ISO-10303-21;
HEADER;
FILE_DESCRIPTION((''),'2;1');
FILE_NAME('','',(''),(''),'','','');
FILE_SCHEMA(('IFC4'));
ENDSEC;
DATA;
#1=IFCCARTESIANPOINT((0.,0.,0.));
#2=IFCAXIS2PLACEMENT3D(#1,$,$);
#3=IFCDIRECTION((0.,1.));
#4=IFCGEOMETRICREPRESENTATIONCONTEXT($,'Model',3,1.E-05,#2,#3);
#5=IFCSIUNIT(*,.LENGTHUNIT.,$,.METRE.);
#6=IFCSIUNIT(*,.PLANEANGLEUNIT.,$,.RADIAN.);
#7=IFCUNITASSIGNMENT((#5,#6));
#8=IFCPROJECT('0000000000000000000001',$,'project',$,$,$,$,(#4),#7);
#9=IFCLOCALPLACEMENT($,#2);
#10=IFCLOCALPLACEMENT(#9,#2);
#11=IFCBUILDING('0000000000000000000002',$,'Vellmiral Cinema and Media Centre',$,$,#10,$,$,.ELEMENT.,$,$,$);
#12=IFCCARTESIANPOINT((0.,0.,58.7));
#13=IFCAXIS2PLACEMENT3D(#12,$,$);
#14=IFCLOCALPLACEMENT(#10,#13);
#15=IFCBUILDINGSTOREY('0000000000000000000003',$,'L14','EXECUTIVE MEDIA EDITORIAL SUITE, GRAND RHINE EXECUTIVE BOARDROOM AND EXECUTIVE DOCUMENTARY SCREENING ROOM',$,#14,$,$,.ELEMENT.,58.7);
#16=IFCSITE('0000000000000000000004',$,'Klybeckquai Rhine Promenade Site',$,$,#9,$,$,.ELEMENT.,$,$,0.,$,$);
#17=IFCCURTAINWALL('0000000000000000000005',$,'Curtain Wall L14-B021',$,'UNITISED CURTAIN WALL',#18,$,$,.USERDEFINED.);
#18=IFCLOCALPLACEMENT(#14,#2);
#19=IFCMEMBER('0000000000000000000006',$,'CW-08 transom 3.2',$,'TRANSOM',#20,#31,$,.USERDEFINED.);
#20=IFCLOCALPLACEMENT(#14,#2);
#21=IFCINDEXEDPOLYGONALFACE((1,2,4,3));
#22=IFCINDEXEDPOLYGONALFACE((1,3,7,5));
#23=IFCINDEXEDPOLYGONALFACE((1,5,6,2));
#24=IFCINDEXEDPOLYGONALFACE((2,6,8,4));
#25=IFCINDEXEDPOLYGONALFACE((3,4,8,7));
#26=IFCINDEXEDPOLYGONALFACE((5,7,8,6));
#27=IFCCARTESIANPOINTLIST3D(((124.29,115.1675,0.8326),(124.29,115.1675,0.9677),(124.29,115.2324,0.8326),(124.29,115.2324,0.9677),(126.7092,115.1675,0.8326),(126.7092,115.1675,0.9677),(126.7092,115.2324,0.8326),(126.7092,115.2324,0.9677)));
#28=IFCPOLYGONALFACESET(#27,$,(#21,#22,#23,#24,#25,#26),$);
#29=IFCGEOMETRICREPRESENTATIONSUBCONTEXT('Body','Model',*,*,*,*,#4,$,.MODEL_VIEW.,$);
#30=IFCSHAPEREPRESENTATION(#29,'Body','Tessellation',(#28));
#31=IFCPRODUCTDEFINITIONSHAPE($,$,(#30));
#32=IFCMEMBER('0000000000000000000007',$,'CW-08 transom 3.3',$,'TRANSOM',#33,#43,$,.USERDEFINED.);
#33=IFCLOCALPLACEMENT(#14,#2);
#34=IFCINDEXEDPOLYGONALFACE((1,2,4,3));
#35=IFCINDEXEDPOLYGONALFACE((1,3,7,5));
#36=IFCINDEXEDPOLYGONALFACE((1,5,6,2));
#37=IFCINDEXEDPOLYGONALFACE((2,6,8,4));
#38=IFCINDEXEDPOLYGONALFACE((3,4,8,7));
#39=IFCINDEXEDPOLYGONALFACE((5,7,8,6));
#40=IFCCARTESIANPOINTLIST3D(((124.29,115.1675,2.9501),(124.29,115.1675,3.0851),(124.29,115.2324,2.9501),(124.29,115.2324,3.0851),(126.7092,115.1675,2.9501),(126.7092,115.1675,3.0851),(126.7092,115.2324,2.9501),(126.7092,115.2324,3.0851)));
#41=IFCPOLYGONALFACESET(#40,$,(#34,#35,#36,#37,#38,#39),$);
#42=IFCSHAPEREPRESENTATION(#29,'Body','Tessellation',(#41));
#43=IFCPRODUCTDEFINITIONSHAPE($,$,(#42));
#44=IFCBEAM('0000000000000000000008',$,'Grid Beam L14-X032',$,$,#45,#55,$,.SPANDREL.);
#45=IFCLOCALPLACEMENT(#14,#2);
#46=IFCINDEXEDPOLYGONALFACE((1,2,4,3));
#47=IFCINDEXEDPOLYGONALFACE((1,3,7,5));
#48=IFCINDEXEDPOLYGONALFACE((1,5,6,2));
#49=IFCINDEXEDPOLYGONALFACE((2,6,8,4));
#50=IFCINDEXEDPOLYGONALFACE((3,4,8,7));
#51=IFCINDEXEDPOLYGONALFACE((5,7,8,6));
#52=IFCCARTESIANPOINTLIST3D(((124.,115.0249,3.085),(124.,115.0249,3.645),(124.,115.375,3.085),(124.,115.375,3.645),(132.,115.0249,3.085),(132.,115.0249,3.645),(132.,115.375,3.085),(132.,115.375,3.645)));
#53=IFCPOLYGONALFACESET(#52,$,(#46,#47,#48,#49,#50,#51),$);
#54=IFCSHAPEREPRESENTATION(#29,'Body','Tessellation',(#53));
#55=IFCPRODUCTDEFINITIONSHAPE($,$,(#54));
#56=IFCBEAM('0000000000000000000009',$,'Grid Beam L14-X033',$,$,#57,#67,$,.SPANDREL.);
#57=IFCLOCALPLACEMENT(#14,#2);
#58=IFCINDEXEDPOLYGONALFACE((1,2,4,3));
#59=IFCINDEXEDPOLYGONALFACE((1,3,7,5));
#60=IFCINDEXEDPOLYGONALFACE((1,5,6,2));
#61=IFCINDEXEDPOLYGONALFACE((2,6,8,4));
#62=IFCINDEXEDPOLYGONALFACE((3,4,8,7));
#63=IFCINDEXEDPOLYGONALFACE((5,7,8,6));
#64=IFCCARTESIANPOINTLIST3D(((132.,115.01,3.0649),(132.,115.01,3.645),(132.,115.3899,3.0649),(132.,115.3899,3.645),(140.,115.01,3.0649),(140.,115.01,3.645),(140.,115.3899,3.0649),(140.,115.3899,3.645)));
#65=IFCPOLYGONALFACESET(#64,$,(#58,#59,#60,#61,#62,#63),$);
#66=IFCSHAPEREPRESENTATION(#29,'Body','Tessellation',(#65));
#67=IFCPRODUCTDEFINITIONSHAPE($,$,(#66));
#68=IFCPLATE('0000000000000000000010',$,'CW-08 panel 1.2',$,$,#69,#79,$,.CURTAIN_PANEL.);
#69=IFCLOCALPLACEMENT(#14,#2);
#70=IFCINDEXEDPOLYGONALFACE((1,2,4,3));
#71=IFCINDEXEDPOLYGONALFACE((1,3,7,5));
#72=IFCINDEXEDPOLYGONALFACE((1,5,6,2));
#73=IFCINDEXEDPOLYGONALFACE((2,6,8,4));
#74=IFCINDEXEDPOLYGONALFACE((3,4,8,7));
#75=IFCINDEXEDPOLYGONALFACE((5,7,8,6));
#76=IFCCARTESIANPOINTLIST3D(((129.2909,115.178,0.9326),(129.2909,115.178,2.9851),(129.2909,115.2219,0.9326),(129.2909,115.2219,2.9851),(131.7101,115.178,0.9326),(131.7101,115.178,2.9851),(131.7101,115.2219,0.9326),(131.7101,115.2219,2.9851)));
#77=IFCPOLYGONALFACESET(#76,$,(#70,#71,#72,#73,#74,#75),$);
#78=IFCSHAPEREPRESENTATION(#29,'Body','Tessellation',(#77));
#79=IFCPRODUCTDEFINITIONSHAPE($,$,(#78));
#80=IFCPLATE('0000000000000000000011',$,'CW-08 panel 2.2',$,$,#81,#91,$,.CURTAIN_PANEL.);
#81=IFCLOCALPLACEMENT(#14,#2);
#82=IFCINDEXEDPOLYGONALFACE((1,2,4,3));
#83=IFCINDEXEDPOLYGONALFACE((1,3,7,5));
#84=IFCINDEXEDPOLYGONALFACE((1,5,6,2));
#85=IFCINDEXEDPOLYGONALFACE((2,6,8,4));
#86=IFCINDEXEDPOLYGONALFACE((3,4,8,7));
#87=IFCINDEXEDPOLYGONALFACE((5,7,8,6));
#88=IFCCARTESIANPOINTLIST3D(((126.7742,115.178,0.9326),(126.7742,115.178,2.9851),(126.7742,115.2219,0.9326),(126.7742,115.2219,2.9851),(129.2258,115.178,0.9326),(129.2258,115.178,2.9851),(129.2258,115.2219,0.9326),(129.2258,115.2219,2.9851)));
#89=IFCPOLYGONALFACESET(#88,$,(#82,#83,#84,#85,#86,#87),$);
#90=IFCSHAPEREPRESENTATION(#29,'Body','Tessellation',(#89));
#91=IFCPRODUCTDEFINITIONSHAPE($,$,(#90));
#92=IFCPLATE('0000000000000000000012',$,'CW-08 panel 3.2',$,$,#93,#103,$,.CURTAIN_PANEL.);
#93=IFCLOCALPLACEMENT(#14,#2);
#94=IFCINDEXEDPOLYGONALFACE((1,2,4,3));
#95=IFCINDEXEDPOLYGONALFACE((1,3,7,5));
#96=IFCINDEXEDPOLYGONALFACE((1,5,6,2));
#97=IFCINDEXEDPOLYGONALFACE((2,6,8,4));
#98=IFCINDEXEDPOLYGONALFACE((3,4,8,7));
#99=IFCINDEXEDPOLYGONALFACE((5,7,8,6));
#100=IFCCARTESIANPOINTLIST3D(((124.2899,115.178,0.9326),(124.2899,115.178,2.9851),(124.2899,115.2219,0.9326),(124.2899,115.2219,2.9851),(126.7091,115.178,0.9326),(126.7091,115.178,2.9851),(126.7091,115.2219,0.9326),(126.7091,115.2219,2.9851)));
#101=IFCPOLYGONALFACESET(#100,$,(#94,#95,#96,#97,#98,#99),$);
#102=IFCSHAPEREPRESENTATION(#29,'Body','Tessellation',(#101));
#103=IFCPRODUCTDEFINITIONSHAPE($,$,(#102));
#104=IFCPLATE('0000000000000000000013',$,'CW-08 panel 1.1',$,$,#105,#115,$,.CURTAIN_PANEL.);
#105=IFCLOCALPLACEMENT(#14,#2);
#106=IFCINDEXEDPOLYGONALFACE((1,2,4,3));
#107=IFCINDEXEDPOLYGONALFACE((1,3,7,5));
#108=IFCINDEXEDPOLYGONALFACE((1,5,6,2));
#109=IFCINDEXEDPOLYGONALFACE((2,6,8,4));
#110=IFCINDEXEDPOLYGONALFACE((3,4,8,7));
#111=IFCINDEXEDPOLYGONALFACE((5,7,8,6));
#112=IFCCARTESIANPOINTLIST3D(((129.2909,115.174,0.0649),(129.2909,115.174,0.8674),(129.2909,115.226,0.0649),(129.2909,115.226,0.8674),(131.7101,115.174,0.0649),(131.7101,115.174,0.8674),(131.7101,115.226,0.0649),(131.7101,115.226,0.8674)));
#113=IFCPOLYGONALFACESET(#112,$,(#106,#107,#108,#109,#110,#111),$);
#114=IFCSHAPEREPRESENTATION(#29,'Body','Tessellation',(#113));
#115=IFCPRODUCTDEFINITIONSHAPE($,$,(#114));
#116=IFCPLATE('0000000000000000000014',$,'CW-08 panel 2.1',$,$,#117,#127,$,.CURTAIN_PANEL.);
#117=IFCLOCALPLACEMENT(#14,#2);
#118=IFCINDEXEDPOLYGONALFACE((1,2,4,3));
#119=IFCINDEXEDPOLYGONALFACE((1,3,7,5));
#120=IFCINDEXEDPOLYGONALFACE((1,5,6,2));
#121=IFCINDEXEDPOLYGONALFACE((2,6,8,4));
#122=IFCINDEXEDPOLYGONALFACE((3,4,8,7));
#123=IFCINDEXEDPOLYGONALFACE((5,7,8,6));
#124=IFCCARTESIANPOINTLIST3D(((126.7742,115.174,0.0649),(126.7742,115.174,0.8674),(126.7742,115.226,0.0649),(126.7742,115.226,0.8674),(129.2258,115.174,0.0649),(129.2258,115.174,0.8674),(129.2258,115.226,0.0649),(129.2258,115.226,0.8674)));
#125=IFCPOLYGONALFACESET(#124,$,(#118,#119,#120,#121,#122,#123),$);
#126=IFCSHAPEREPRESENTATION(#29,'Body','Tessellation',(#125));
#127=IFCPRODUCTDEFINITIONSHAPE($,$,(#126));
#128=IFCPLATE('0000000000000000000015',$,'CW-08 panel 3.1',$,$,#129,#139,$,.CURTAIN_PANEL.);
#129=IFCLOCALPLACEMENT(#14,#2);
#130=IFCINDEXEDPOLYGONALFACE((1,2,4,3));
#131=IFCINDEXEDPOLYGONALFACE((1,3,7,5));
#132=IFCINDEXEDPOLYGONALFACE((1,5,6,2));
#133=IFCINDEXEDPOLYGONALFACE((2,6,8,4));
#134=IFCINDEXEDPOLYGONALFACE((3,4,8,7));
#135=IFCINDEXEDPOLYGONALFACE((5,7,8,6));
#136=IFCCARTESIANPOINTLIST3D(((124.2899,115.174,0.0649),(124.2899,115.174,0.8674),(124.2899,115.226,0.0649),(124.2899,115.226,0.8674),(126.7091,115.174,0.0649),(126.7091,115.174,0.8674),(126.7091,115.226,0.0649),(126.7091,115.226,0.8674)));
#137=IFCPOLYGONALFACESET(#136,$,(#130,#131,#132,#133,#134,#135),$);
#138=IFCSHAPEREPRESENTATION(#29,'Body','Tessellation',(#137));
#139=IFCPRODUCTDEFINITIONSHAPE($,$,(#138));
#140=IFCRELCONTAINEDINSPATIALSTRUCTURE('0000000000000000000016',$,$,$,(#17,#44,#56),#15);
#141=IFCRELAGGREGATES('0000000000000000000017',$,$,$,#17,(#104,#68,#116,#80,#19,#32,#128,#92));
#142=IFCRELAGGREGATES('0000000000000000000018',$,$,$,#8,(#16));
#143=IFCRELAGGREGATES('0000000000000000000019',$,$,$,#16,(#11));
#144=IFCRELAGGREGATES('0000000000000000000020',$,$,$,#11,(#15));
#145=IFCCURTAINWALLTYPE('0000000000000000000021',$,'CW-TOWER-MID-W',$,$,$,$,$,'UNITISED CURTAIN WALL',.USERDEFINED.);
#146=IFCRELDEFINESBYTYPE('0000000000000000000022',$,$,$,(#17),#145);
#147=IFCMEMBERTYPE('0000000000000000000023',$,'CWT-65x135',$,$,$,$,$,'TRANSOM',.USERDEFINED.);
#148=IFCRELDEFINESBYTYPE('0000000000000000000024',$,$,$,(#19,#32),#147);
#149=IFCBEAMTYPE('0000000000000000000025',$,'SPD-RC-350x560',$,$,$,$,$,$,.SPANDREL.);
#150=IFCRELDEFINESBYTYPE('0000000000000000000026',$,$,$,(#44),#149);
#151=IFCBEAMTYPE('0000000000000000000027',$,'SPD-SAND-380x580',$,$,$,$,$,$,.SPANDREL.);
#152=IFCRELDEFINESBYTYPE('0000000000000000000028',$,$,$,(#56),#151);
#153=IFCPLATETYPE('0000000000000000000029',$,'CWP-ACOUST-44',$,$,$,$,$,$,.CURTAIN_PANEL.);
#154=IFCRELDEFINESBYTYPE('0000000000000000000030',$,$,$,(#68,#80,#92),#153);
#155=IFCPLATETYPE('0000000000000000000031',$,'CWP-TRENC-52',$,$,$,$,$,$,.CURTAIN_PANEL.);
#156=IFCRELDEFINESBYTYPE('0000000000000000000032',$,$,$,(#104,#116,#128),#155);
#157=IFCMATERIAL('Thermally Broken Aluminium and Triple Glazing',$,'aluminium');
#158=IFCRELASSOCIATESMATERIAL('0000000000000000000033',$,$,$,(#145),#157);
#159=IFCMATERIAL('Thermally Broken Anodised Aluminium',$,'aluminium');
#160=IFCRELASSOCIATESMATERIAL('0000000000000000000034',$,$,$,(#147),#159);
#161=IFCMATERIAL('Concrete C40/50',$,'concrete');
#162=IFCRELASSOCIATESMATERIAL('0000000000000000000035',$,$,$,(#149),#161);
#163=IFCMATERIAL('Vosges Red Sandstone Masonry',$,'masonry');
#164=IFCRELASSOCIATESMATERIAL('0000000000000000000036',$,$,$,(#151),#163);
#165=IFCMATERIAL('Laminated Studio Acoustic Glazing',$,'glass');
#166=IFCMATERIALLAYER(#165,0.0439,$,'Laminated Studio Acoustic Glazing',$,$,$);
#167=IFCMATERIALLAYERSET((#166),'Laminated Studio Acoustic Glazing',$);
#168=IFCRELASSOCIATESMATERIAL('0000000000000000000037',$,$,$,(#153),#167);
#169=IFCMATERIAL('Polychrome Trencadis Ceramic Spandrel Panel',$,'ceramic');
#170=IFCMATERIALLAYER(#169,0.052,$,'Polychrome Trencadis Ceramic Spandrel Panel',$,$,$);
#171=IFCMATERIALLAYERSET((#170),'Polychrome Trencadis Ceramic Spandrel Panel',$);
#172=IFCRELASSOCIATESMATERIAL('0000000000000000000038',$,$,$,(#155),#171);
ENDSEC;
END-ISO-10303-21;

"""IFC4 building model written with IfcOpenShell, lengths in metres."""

from ifc_helpers import new_model, si_unit, direction, frame, origin, origin_2d, place, context, subcontext, project, spatial, rectangle, extrude, material, layer, layer_set, material_profile, profile_set, type_object, element, aggregate, save


model = new_model("IFC4")

# Units and contexts
model_context = context("Model", 3, precision=1e-05, world=origin(), true_north=direction((0.0, 1.0)))
body_context = subcontext(model_context, "Body", "Model", "MODEL_VIEW")
ifc_project = project(units=[si_unit("LENGTHUNIT", "METRE"), si_unit("PLANEANGLEUNIT", "RADIAN")], contexts=[model_context])

# Site, building, storey
site_placement = place(None, origin())
site = spatial("IfcSite", under=ifc_project, at=site_placement, Name="Klybeckquai Rhine Promenade Site", CompositionType="ELEMENT", RefElevation=0.0)
building_placement = place(site_placement, origin())
building = spatial("IfcBuilding", under=site, at=building_placement, Name="Vellmiral Cinema and Media Centre", CompositionType="ELEMENT")
storey_placement = place(building_placement, frame((0.0, 0.0, 58.7)))
storey = spatial("IfcBuildingStorey", under=building, at=storey_placement, Name="L14", Description="EXECUTIVE MEDIA EDITORIAL SUITE, GRAND RHINE EXECUTIVE BOARDROOM AND EXECUTIVE DOCUMENTARY SCREENING ROOM", CompositionType="ELEMENT", Elevation=58.7)

# Curtain wall, members
ifc_material_1 = material(Name="Thermally Broken Aluminium and Triple Glazing", Category="aluminium")
curtain_wall_type = type_object("IfcCurtainWallType", Name="CW-TOWER-MID-W", ElementType="UNITISED CURTAIN WALL", PredefinedType="USERDEFINED", material=ifc_material_1)
curtain_wall_placement = place(storey_placement, origin())
curtain_wall = element("IfcCurtainWall", 1, at=curtain_wall_placement, inside=storey, type_object=curtain_wall_type, Name="Curtain Wall L14-B021", ObjectType="UNITISED CURTAIN WALL", PredefinedType="USERDEFINED")
ifc_material_2 = material(Name="Thermally Broken Anodised Aluminium", Category="aluminium")
ifc_material_profile_1 = material_profile(ifc_material_2, rectangle(XDim=0.0649, YDim=0.135, at=origin_2d()), Name="MULL 65x135")
ifc_profile_set_1 = profile_set([ifc_material_profile_1], Name="Thermally Broken Anodised Aluminium")
member_type_1 = type_object("IfcMemberType", Name="CWT-65x135", ElementType="TRANSOM", PredefinedType="USERDEFINED", material=ifc_profile_set_1)
member_1_placement = place(storey_placement, frame((126.7092, 115.2, 0.9001), z_axis=(-1.0, 0.0, 0.0), x_axis=(0.0, -1.0, 0.0)))
member_1 = element("IfcMember", 2, at=member_1_placement, type_object=member_type_1, Name="CW-08 transom 3.2", ObjectType="TRANSOM", PredefinedType="USERDEFINED", context=body_context, shape_type="SweptSolid", body=[
    extrude(rectangle(XDim=0.0649, YDim=0.135, at=origin_2d()), origin(), (0.0, 0.0, 1.0), 2.4192),
])
member_2_placement = place(storey_placement, frame((126.7092, 115.2, 3.0176), z_axis=(-1.0, 0.0, 0.0), x_axis=(0.0, -1.0, 0.0)))
member_2 = element("IfcMember", 3, at=member_2_placement, type_object=member_type_1, Name="CW-08 transom 3.3", ObjectType="TRANSOM", PredefinedType="USERDEFINED", context=body_context, shape_type="SweptSolid", body=[
    extrude(rectangle(XDim=0.0649, YDim=0.135, at=origin_2d()), origin(), (0.0, 0.0, 1.0), 2.4192),
])

# Beams
ifc_material_3 = material(Name="Concrete C40/50", Category="concrete")
ifc_material_profile_2 = material_profile(ifc_material_3, rectangle(XDim=0.3501, YDim=0.5601, at=origin_2d()), Name="RC 350x560")
ifc_profile_set_2 = profile_set([ifc_material_profile_2], Name="Concrete C40/50")
beam_type_1 = type_object("IfcBeamType", Name="SPD-RC-350x560", PredefinedType="SPANDREL", material=ifc_profile_set_2)
beam_1_placement = place(storey_placement, frame((124.0, 115.2, 3.365), z_axis=(1.0, 0.0, 0.0), x_axis=(0.0, 1.0, 0.0)))
element("IfcBeam", 4, at=beam_1_placement, inside=storey, type_object=beam_type_1, Name="Grid Beam L14-X032", PredefinedType="SPANDREL", context=body_context, shape_type="SweptSolid", body=[
    extrude(rectangle(XDim=0.3501, YDim=0.5601, at=origin_2d()), origin(), (0.0, 0.0, 1.0), 8.0),
])
ifc_material_4 = material(Name="Vosges Red Sandstone Masonry", Category="masonry")
ifc_material_profile_3 = material_profile(ifc_material_4, rectangle(XDim=0.3799, YDim=0.5801, at=origin_2d()), Name="SAND 380x580")
ifc_profile_set_3 = profile_set([ifc_material_profile_3], Name="Vosges Red Sandstone Masonry")
beam_type_2 = type_object("IfcBeamType", Name="SPD-SAND-380x580", PredefinedType="SPANDREL", material=ifc_profile_set_3)
beam_2_placement = place(storey_placement, frame((132.0, 115.2, 3.355), z_axis=(1.0, 0.0, 0.0), x_axis=(0.0, 1.0, 0.0)))
element("IfcBeam", 5, at=beam_2_placement, inside=storey, type_object=beam_type_2, Name="Grid Beam L14-X033", PredefinedType="SPANDREL", context=body_context, shape_type="SweptSolid", body=[
    extrude(rectangle(XDim=0.3799, YDim=0.5801, at=origin_2d()), origin(), (0.0, 0.0, 1.0), 8.0),
])

# Plates
ifc_material_5 = material(Name="Laminated Studio Acoustic Glazing", Category="glass")
ifc_layer_1 = layer(ifc_material_5, 0.0439, Name="Laminated Studio Acoustic Glazing")
ifc_layer_set_1 = layer_set([ifc_layer_1], Name="Laminated Studio Acoustic Glazing")
plate_type_1 = type_object("IfcPlateType", Name="CWP-ACOUST-44", PredefinedType="CURTAIN_PANEL", material=ifc_layer_set_1)
plate_1_placement = place(storey_placement, frame((130.5005, 115.2, 0.9326), z_axis=(0.0, 0.0, 1.0), x_axis=(-1.0, 0.0, 0.0)))
plate_1 = element("IfcPlate", 6, at=plate_1_placement, type_object=plate_type_1, Name="CW-08 panel 1.2", PredefinedType="CURTAIN_PANEL", context=body_context, shape_type="SweptSolid", body=[
    extrude(rectangle(XDim=2.4192, YDim=0.0439, at=origin_2d()), origin(), (0.0, 0.0, 1.0), 2.0525),
])
plate_2_placement = place(storey_placement, frame((128.0, 115.2, 0.9326), z_axis=(0.0, 0.0, 1.0), x_axis=(-1.0, 0.0, 0.0)))
plate_2 = element("IfcPlate", 7, at=plate_2_placement, type_object=plate_type_1, Name="CW-08 panel 2.2", PredefinedType="CURTAIN_PANEL", context=body_context, shape_type="SweptSolid", body=[
    extrude(rectangle(XDim=2.4517, YDim=0.0439, at=origin_2d()), origin(), (0.0, 0.0, 1.0), 2.0525),
])
plate_3_placement = place(storey_placement, frame((125.4995, 115.2, 0.9326), z_axis=(0.0, 0.0, 1.0), x_axis=(-1.0, 0.0, 0.0)))
plate_3 = element("IfcPlate", 8, at=plate_3_placement, type_object=plate_type_1, Name="CW-08 panel 3.2", PredefinedType="CURTAIN_PANEL", context=body_context, shape_type="SweptSolid", body=[
    extrude(rectangle(XDim=2.4192, YDim=0.0439, at=origin_2d()), origin(), (0.0, 0.0, 1.0), 2.0525),
])
ifc_material_6 = material(Name="Polychrome Trencadis Ceramic Spandrel Panel", Category="ceramic")
ifc_layer_2 = layer(ifc_material_6, 0.052, Name="Polychrome Trencadis Ceramic Spandrel Panel")
ifc_layer_set_2 = layer_set([ifc_layer_2], Name="Polychrome Trencadis Ceramic Spandrel Panel")
plate_type_2 = type_object("IfcPlateType", Name="CWP-TRENC-52", PredefinedType="CURTAIN_PANEL", material=ifc_layer_set_2)
plate_4_placement = place(storey_placement, frame((130.5005, 115.2, 0.0649), z_axis=(0.0, 0.0, 1.0), x_axis=(-1.0, 0.0, 0.0)))
plate_4 = element("IfcPlate", 9, at=plate_4_placement, type_object=plate_type_2, Name="CW-08 panel 1.1", PredefinedType="CURTAIN_PANEL", context=body_context, shape_type="SweptSolid", body=[
    extrude(rectangle(XDim=2.4192, YDim=0.052, at=origin_2d()), origin(), (0.0, 0.0, 1.0), 0.8025),
])
plate_5_placement = place(storey_placement, frame((128.0, 115.2, 0.0649), z_axis=(0.0, 0.0, 1.0), x_axis=(-1.0, 0.0, 0.0)))
plate_5 = element("IfcPlate", 10, at=plate_5_placement, type_object=plate_type_2, Name="CW-08 panel 2.1", PredefinedType="CURTAIN_PANEL", context=body_context, shape_type="SweptSolid", body=[
    extrude(rectangle(XDim=2.4517, YDim=0.052, at=origin_2d()), origin(), (0.0, 0.0, 1.0), 0.8025),
])
plate_6_placement = place(storey_placement, frame((125.4995, 115.2, 0.0649), z_axis=(0.0, 0.0, 1.0), x_axis=(-1.0, 0.0, 0.0)))
plate_6 = element("IfcPlate", 11, at=plate_6_placement, type_object=plate_type_2, Name="CW-08 panel 3.1", PredefinedType="CURTAIN_PANEL", context=body_context, shape_type="SweptSolid", body=[
    extrude(rectangle(XDim=2.4192, YDim=0.052, at=origin_2d()), origin(), (0.0, 0.0, 1.0), 0.8025),
])
aggregate(curtain_wall, [plate_4, plate_1, plate_5, plate_2, member_1, member_2, plate_6, plate_3])

save(model, "model.ifc")
